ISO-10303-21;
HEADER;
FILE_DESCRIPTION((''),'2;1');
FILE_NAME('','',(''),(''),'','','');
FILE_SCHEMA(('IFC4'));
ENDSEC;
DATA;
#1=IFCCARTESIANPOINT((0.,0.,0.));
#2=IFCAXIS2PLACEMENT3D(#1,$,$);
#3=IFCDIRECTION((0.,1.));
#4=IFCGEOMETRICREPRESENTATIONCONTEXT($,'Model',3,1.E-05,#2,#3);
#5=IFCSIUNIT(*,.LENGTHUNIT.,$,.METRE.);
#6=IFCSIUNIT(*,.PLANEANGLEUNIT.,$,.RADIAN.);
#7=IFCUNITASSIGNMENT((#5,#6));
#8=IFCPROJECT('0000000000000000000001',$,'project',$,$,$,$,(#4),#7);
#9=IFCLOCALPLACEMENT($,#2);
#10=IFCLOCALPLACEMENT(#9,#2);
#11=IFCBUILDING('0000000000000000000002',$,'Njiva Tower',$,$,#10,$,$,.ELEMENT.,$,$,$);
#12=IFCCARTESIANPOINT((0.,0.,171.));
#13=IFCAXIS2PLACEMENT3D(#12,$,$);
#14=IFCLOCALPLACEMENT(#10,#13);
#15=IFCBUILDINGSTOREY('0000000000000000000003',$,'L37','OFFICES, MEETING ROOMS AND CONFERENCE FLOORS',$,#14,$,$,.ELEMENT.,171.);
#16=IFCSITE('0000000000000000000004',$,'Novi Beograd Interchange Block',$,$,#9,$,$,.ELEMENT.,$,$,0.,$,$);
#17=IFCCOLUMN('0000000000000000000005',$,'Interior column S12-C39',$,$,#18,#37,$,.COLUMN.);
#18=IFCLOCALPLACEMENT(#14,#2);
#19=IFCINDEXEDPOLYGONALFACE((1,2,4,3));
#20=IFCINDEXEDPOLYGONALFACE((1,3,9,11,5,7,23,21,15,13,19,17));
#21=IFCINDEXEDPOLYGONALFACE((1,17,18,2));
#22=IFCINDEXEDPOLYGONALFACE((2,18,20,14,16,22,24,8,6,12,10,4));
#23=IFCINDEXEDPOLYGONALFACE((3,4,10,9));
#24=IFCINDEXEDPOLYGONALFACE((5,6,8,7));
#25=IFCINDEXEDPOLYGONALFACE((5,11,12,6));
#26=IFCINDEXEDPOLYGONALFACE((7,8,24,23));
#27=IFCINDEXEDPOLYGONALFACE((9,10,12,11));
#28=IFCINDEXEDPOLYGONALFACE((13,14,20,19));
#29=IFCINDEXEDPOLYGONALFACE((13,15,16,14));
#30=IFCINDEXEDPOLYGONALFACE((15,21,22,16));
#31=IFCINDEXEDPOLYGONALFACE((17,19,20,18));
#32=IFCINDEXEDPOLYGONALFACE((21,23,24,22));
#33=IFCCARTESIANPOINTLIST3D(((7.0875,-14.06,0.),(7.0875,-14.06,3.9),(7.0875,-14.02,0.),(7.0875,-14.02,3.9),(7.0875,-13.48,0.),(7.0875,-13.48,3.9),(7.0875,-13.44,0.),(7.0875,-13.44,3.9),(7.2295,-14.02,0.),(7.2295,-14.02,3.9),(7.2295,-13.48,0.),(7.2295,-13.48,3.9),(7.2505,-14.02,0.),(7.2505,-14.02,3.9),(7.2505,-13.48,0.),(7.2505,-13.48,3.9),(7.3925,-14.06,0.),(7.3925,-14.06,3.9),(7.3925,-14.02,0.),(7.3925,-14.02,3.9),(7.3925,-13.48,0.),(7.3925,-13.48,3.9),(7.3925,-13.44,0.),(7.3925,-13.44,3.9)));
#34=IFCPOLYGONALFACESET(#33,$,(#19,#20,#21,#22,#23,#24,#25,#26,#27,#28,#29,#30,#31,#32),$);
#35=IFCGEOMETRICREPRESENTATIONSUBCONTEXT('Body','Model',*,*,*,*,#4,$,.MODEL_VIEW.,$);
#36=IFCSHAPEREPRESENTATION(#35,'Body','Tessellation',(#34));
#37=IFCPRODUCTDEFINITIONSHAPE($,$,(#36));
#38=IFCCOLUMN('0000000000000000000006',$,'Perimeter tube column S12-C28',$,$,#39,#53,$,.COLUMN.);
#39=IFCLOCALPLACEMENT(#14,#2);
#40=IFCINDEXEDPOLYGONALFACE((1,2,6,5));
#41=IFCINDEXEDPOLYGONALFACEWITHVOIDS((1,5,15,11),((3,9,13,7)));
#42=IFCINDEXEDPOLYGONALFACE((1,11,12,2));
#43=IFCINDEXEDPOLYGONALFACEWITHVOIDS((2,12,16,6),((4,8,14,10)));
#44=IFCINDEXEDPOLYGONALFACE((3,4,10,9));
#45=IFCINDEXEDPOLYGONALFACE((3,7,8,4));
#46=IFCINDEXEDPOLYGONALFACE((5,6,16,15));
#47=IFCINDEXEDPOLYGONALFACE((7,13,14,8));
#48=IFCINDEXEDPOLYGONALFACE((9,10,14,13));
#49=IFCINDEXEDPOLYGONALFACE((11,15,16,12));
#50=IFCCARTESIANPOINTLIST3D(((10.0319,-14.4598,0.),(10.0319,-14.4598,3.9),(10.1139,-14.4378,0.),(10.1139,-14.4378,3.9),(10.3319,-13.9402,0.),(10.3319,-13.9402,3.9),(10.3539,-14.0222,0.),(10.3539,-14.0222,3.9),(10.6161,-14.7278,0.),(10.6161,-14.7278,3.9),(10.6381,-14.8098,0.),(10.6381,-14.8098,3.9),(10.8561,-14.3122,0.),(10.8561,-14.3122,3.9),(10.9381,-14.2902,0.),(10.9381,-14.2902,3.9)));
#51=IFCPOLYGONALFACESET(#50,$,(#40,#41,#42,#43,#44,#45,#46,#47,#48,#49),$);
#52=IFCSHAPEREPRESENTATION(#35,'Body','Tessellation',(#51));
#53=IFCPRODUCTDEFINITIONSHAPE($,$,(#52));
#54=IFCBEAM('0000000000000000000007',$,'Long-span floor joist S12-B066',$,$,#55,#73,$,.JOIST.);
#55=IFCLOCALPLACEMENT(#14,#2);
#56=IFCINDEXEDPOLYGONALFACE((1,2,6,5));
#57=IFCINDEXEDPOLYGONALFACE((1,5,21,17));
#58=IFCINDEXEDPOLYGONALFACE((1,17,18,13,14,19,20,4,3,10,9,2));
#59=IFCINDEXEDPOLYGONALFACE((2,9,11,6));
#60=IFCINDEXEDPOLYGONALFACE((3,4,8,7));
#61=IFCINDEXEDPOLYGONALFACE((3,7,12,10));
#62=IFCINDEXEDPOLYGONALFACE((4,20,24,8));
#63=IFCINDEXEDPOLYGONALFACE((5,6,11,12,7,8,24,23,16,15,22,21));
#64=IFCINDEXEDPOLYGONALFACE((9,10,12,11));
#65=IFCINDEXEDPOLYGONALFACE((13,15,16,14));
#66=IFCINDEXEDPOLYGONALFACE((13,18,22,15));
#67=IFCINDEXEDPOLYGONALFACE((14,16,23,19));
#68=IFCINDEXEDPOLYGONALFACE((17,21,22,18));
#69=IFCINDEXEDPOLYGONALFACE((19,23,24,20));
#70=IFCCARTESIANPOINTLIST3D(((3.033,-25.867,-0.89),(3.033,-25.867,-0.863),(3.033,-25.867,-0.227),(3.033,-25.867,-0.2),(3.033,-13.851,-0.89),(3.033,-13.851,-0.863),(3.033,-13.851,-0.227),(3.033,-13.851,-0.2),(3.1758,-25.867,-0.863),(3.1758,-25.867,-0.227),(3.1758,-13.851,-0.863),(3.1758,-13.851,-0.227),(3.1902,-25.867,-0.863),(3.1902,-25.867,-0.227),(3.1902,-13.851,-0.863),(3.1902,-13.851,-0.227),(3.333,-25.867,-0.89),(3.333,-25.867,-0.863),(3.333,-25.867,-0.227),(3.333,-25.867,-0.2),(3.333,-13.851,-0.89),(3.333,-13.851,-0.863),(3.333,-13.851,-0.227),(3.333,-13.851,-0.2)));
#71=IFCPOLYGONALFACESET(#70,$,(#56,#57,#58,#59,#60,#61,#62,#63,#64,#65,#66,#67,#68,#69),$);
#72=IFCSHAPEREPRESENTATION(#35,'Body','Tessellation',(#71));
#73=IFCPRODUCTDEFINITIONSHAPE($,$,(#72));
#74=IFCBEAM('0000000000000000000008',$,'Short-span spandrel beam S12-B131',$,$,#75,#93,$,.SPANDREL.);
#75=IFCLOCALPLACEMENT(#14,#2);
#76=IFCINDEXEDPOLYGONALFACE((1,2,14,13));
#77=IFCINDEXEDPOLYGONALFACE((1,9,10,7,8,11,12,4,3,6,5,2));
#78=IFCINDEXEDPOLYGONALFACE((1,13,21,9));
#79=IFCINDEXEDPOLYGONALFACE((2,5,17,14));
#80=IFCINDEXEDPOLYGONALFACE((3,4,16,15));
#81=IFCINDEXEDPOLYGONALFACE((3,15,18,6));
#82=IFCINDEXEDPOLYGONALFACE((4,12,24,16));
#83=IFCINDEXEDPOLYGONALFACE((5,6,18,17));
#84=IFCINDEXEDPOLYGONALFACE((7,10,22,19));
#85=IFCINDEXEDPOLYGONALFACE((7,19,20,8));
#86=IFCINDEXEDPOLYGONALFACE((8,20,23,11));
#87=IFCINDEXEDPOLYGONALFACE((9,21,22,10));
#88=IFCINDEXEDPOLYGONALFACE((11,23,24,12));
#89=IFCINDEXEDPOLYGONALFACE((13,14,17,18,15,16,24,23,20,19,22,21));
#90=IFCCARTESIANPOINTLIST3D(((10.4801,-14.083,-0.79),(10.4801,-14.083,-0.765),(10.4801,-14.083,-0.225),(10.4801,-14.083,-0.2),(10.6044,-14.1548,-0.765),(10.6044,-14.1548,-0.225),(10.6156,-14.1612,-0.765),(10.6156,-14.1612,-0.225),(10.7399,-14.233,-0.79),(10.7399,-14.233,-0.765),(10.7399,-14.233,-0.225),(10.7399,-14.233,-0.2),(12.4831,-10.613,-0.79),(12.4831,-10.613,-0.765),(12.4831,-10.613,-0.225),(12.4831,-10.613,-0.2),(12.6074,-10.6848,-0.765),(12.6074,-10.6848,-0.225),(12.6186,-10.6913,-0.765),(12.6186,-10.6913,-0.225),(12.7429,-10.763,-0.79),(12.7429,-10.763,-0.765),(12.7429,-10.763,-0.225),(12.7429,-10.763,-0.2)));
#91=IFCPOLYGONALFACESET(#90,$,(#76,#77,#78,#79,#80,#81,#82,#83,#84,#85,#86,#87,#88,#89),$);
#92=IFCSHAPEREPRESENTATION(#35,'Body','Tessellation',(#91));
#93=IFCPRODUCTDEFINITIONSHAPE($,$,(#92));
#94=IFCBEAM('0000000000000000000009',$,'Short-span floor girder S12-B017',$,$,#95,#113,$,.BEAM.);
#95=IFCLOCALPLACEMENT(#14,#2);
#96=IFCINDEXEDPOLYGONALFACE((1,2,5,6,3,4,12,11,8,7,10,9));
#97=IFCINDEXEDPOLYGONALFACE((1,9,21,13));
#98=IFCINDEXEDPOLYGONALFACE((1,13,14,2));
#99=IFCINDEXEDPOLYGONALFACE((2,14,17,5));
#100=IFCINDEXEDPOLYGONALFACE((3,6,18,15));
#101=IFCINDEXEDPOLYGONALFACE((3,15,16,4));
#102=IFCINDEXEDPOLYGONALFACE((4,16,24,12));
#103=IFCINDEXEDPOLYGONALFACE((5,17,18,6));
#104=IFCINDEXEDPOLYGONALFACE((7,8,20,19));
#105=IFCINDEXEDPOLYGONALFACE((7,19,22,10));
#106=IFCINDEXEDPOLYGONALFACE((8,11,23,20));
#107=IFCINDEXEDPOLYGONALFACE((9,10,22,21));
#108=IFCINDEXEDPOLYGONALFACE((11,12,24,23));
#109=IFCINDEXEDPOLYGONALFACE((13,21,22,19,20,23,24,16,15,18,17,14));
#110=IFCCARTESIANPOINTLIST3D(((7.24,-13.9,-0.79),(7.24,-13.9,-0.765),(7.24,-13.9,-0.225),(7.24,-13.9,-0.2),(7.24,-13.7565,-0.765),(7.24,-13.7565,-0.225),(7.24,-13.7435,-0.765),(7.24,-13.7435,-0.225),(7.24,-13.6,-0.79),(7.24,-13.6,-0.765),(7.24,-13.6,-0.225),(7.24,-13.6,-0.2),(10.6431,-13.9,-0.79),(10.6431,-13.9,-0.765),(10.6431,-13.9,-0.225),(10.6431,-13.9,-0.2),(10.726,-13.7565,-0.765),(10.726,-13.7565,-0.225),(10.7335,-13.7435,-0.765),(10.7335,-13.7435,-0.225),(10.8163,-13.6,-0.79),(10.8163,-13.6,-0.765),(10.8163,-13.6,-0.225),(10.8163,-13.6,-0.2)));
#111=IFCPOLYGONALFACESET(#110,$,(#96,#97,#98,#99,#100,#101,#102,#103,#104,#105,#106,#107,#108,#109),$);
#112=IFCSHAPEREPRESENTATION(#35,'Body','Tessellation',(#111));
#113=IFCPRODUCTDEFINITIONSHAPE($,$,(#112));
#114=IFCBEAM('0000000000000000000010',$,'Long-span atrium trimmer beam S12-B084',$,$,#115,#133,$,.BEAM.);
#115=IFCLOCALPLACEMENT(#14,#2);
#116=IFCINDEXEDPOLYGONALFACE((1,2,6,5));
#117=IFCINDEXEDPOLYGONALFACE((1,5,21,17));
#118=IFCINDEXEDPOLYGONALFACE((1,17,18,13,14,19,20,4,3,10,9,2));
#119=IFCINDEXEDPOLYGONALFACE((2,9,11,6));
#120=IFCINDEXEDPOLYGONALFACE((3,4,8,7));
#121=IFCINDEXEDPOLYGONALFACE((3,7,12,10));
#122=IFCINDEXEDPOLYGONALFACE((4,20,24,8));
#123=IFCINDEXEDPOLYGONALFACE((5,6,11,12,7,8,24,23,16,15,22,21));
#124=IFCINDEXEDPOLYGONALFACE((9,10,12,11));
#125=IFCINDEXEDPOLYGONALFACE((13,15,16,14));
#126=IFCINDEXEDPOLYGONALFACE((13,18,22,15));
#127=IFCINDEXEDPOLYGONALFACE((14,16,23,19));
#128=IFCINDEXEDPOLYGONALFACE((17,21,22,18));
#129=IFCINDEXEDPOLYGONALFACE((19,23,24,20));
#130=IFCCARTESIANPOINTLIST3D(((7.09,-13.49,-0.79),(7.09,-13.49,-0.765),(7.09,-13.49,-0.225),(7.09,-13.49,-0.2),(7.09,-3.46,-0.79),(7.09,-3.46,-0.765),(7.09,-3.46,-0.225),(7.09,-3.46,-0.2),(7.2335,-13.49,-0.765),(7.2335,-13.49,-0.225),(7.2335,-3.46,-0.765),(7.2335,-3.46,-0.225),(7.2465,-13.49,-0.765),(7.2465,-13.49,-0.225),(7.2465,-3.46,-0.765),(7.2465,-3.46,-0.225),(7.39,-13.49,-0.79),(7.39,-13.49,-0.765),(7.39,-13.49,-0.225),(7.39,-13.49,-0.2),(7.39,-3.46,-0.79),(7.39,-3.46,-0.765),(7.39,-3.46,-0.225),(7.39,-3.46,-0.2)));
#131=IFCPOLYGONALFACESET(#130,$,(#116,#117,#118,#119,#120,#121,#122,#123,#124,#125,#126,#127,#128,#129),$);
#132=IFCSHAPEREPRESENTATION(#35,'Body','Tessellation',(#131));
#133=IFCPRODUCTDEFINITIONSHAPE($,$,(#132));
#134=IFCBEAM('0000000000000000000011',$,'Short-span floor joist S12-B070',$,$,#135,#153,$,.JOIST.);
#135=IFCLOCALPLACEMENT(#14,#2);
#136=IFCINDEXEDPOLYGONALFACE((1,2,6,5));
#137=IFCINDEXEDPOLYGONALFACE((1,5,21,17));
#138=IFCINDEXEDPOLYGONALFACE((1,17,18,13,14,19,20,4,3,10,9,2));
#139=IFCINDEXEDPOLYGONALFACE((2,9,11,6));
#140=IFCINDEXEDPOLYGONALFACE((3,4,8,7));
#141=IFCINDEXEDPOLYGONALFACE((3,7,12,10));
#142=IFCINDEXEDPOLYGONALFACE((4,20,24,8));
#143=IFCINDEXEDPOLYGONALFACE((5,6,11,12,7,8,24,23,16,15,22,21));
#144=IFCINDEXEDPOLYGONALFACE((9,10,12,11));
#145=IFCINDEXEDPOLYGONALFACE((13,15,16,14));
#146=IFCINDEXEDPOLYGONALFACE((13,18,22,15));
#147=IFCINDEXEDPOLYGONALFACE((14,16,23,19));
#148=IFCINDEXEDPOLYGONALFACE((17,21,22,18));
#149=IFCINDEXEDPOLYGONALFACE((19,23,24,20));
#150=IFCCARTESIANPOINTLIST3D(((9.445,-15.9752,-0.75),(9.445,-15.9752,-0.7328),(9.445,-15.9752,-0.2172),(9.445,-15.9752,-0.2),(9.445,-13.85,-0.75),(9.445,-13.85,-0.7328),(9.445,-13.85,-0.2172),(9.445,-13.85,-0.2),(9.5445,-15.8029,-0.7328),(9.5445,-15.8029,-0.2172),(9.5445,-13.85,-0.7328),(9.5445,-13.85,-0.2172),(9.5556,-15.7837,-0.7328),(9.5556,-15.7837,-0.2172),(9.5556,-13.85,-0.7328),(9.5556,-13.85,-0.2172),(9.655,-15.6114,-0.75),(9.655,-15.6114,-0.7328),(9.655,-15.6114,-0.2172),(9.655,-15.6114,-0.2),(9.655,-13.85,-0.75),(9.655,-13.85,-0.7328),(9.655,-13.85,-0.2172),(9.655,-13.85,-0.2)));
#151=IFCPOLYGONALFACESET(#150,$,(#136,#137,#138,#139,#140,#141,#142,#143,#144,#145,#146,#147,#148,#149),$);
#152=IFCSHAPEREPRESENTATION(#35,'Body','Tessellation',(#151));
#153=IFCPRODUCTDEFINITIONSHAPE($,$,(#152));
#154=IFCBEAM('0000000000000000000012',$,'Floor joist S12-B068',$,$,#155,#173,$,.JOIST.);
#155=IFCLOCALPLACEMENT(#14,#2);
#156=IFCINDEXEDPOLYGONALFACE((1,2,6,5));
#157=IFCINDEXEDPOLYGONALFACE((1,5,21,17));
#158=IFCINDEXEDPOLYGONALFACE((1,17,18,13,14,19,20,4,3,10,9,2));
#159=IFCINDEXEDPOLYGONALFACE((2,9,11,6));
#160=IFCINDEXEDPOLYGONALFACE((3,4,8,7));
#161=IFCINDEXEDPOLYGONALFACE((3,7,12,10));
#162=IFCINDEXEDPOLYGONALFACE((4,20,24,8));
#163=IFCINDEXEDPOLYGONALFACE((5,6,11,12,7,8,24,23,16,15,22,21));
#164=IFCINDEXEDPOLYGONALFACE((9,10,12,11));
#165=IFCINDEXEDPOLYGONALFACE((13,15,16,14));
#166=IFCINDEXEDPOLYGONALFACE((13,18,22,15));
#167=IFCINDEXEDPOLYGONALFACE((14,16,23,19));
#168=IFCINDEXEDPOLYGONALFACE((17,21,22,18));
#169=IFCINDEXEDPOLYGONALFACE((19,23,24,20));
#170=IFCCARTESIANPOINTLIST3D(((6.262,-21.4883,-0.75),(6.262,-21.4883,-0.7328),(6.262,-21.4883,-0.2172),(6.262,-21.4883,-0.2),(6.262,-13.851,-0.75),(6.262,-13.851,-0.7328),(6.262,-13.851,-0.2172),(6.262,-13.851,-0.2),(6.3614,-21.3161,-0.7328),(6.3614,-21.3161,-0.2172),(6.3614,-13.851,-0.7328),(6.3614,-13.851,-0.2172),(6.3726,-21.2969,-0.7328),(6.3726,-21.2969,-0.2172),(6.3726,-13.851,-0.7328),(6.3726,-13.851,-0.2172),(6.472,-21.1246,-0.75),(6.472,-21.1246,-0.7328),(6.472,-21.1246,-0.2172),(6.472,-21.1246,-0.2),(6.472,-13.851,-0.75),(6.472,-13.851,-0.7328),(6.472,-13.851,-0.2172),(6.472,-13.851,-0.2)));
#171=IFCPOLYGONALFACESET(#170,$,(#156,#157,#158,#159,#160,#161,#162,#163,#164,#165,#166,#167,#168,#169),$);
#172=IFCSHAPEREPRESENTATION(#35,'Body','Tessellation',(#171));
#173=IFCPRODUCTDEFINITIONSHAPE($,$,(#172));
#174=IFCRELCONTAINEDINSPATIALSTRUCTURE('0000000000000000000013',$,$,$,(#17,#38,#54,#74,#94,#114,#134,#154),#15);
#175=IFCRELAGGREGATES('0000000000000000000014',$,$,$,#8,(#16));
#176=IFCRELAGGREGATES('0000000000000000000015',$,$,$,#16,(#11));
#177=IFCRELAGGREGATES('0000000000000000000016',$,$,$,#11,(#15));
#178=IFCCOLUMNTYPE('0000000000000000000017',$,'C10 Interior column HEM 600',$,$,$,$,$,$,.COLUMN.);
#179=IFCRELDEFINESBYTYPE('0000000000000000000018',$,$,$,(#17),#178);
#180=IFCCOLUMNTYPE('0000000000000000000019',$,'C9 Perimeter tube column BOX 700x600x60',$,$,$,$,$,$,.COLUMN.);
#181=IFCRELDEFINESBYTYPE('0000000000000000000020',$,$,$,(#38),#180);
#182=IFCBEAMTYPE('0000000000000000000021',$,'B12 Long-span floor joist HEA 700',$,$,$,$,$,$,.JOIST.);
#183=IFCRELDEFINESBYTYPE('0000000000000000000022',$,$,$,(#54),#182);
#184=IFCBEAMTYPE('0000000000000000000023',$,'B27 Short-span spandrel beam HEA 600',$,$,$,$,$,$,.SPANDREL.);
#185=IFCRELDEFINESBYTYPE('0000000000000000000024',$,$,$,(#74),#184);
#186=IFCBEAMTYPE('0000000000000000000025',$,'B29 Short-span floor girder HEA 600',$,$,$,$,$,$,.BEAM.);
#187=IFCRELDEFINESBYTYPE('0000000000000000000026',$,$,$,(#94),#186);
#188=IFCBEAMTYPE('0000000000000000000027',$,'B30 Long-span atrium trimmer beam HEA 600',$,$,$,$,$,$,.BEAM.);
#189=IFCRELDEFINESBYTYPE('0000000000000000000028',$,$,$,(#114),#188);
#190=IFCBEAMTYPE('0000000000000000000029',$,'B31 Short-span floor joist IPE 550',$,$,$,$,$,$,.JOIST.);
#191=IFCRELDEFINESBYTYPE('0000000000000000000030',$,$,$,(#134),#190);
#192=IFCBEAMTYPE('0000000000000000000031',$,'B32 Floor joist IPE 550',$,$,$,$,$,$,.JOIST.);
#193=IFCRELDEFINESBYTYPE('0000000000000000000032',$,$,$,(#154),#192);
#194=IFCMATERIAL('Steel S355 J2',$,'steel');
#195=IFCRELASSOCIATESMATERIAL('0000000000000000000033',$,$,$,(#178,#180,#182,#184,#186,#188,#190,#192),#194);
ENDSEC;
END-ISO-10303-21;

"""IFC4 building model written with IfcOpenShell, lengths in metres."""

from ifc_helpers import new_model, si_unit, direction, frame, origin, origin_2d, place, context, subcontext, project, spatial, hollow_rectangle, i_section, extrude, clip, halfspace, material, material_profile, profile_set, type_object, element, save


model = new_model("IFC4")

# Units and contexts
model_context = context("Model", 3, precision=1e-05, world=origin(), true_north=direction((0.0, 1.0)))
body_context = subcontext(model_context, "Body", "Model", "MODEL_VIEW")
ifc_project = project(units=[si_unit("LENGTHUNIT", "METRE"), si_unit("PLANEANGLEUNIT", "RADIAN")], contexts=[model_context])

# Site, building, storey
site_placement = place(None, origin())
site = spatial("IfcSite", under=ifc_project, at=site_placement, Name="Novi Beograd Interchange Block", CompositionType="ELEMENT", RefElevation=0.0)
building_placement = place(site_placement, origin())
building = spatial("IfcBuilding", under=site, at=building_placement, Name="Njiva Tower", CompositionType="ELEMENT")
storey_placement = place(building_placement, frame((0.0, 0.0, 171.0)))
storey = spatial("IfcBuildingStorey", under=building, at=storey_placement, Name="L37", Description="OFFICES, MEETING ROOMS AND CONFERENCE FLOORS", CompositionType="ELEMENT", Elevation=171.0)

# Columns
ifc_material_1 = material(Name="Steel S355 J2", Category="steel")
ifc_material_profile_1 = material_profile(ifc_material_1, i_section(OverallWidth=0.305, OverallDepth=0.62, WebThickness=0.021, FlangeThickness=0.04, at=origin_2d()), Name="HEM 600")
ifc_profile_set_1 = profile_set([ifc_material_profile_1], Name="Steel S355 J2")
column_type_1 = type_object("IfcColumnType", Name="C10 Interior column HEM 600", PredefinedType="COLUMN", material=ifc_profile_set_1)
column_1_placement = place(storey_placement, frame((7.24, -13.75, 0.0), z_axis=(0.0, 0.0, 1.0), x_axis=(1.0, 0.0, 0.0)))
element("IfcColumn", 1, at=column_1_placement, inside=storey, type_object=column_type_1, Name="Interior column S12-C39", PredefinedType="COLUMN", context=body_context, shape_type="SweptSolid", body=[
    extrude(i_section(OverallWidth=0.305, OverallDepth=0.62, WebThickness=0.021, FlangeThickness=0.04, at=origin_2d()), origin(), (0.0, 0.0, 1.0), 3.9),
])
ifc_material_profile_2 = material_profile(ifc_material_1, hollow_rectangle(XDim=0.6, YDim=0.7, WallThickness=0.06, at=origin_2d()), Name="BOX 700x600x60")
ifc_profile_set_2 = profile_set([ifc_material_profile_2], Name="Steel S355 J2")
column_type_2 = type_object("IfcColumnType", Name="C9 Perimeter tube column BOX 700x600x60", PredefinedType="COLUMN", material=ifc_profile_set_2)
column_2_placement = place(storey_placement, frame((10.485, -14.375, 0.0), z_axis=(0.0, 0.0, 1.0), x_axis=(0.5, 0.866025, 0.0)))
element("IfcColumn", 2, at=column_2_placement, inside=storey, type_object=column_type_2, Name="Perimeter tube column S12-C28", PredefinedType="COLUMN", context=body_context, shape_type="SweptSolid", body=[
    extrude(hollow_rectangle(XDim=0.6, YDim=0.7, WallThickness=0.06, at=origin_2d()), origin(), (0.0, 0.0, 1.0), 3.9),
])

# Beams
ifc_material_profile_3 = material_profile(ifc_material_1, i_section(OverallWidth=0.3, OverallDepth=0.69, WebThickness=0.0145, FlangeThickness=0.027, at=origin_2d()), Name="HEA 700")
ifc_profile_set_3 = profile_set([ifc_material_profile_3], Name="Steel S355 J2")
beam_type_1 = type_object("IfcBeamType", Name="B12 Long-span floor joist HEA 700", PredefinedType="JOIST", material=ifc_profile_set_3)
beam_1_placement = place(storey_placement, frame((3.183, -13.851, -0.545), z_axis=(0.0, -1.0, 0.0), x_axis=(1.0, 0.0, 0.0)))
element("IfcBeam", 3, at=beam_1_placement, inside=storey, type_object=beam_type_1, Name="Long-span floor joist S12-B066", PredefinedType="JOIST", context=body_context, shape_type="SweptSolid", body=[
    extrude(i_section(OverallWidth=0.3, OverallDepth=0.69, WebThickness=0.0145, FlangeThickness=0.027, at=origin_2d()), origin(), (0.0, 0.0, 1.0), 12.016),
])
ifc_material_profile_4 = material_profile(ifc_material_1, i_section(OverallWidth=0.3, OverallDepth=0.59, WebThickness=0.013, FlangeThickness=0.025, at=origin_2d()), Name="HEA 600")
ifc_profile_set_4 = profile_set([ifc_material_profile_4], Name="Steel S355 J2")
beam_type_2 = type_object("IfcBeamType", Name="B27 Short-span spandrel beam HEA 600", PredefinedType="SPANDREL", material=ifc_profile_set_4)
beam_2_placement = place(storey_placement, frame((10.61, -14.158, -0.495), z_axis=(0.499924, 0.866069, 0.0), x_axis=(-0.866069, 0.499924, 0.0)))
element("IfcBeam", 4, at=beam_2_placement, inside=storey, type_object=beam_type_2, Name="Short-span spandrel beam S12-B131", PredefinedType="SPANDREL", context=body_context, shape_type="SweptSolid", body=[
    extrude(i_section(OverallWidth=0.3, OverallDepth=0.59, WebThickness=0.013, FlangeThickness=0.025, at=origin_2d()), origin(), (0.0, 0.0, 1.0), 4.0066),
])
ifc_material_profile_5 = material_profile(ifc_material_1, i_section(OverallWidth=0.3, OverallDepth=0.59, WebThickness=0.013, FlangeThickness=0.025, at=origin_2d()), Name="HEA 600")
ifc_profile_set_5 = profile_set([ifc_material_profile_5], Name="Steel S355 J2")
beam_type_3 = type_object("IfcBeamType", Name="B29 Short-span floor girder HEA 600", PredefinedType="BEAM", material=ifc_profile_set_5)
beam_3_placement = place(storey_placement, frame((7.24, -13.75, -0.495), z_axis=(1.0, 0.0, 0.0), x_axis=(0.0, 1.0, 0.0)))
element("IfcBeam", 5, at=beam_3_placement, inside=storey, type_object=beam_type_3, Name="Short-span floor girder S12-B017", PredefinedType="BEAM", context=body_context, shape_type="Clipping", body=[
    clip(extrude(i_section(OverallWidth=0.3, OverallDepth=0.59, WebThickness=0.013, FlangeThickness=0.025, at=origin_2d()), origin(), (0.0, 0.0, 1.0), 3.597), halfspace(frame((-0.025, 0.0, 3.4753), z_axis=(-0.499998, 0.0, 0.866027), x_axis=(0.0, 1.0, 0.0)), False)),
])
ifc_material_profile_6 = material_profile(ifc_material_1, i_section(OverallWidth=0.3, OverallDepth=0.59, WebThickness=0.013, FlangeThickness=0.025, at=origin_2d()), Name="HEA 600")
ifc_profile_set_6 = profile_set([ifc_material_profile_6], Name="Steel S355 J2")
beam_type_4 = type_object("IfcBeamType", Name="B30 Long-span atrium trimmer beam HEA 600", PredefinedType="BEAM", material=ifc_profile_set_6)
beam_4_placement = place(storey_placement, frame((7.24, -13.49, -0.495), z_axis=(0.0, 1.0, 0.0), x_axis=(-1.0, 0.0, 0.0)))
element("IfcBeam", 6, at=beam_4_placement, inside=storey, type_object=beam_type_4, Name="Long-span atrium trimmer beam S12-B084", PredefinedType="BEAM", context=body_context, shape_type="SweptSolid", body=[
    extrude(i_section(OverallWidth=0.3, OverallDepth=0.59, WebThickness=0.013, FlangeThickness=0.025, at=origin_2d()), origin(), (0.0, 0.0, 1.0), 10.03),
])
ifc_material_profile_7 = material_profile(ifc_material_1, i_section(OverallWidth=0.21, OverallDepth=0.55, WebThickness=0.0111, FlangeThickness=0.0172, at=origin_2d()), Name="IPE 550")
ifc_profile_set_7 = profile_set([ifc_material_profile_7], Name="Steel S355 J2")
beam_type_5 = type_object("IfcBeamType", Name="B31 Short-span floor joist IPE 550", PredefinedType="JOIST", material=ifc_profile_set_7)
beam_5_placement = place(storey_placement, frame((9.55, -13.85, -0.475), z_axis=(0.0, -1.0, 0.0), x_axis=(1.0, 0.0, 0.0)))
element("IfcBeam", 7, at=beam_5_placement, inside=storey, type_object=beam_type_5, Name="Short-span floor joist S12-B070", PredefinedType="JOIST", context=body_context, shape_type="Clipping", body=[
    clip(extrude(i_section(OverallWidth=0.21, OverallDepth=0.55, WebThickness=0.0111, FlangeThickness=0.0172, at=origin_2d()), origin(), (0.0, 0.0, 1.0), 2.145), halfspace(frame((0.0433, 0.0, 1.8683), z_axis=(0.866027, 0.0, 0.499998), x_axis=(0.0, 1.0, 0.0)), False)),
])
ifc_material_profile_8 = material_profile(ifc_material_1, i_section(OverallWidth=0.21, OverallDepth=0.55, WebThickness=0.0111, FlangeThickness=0.0172, at=origin_2d()), Name="IPE 550")
ifc_profile_set_8 = profile_set([ifc_material_profile_8], Name="Steel S355 J2")
beam_type_6 = type_object("IfcBeamType", Name="B32 Floor joist IPE 550", PredefinedType="JOIST", material=ifc_profile_set_8)
beam_6_placement = place(storey_placement, frame((6.367, -13.851, -0.475), z_axis=(0.0, -1.0, 0.0), x_axis=(1.0, 0.0, 0.0)))
element("IfcBeam", 8, at=beam_6_placement, inside=storey, type_object=beam_type_6, Name="Floor joist S12-B068", PredefinedType="JOIST", context=body_context, shape_type="Clipping", body=[
    clip(extrude(i_section(OverallWidth=0.21, OverallDepth=0.55, WebThickness=0.0111, FlangeThickness=0.0172, at=origin_2d()), origin(), (0.0, 0.0, 1.0), 7.658), halfspace(frame((0.043, 0.0, 7.381), z_axis=(0.866027, 0.0, 0.499998), x_axis=(0.0, 1.0, 0.0)), False)),
])

save(model, "model.ifc")
